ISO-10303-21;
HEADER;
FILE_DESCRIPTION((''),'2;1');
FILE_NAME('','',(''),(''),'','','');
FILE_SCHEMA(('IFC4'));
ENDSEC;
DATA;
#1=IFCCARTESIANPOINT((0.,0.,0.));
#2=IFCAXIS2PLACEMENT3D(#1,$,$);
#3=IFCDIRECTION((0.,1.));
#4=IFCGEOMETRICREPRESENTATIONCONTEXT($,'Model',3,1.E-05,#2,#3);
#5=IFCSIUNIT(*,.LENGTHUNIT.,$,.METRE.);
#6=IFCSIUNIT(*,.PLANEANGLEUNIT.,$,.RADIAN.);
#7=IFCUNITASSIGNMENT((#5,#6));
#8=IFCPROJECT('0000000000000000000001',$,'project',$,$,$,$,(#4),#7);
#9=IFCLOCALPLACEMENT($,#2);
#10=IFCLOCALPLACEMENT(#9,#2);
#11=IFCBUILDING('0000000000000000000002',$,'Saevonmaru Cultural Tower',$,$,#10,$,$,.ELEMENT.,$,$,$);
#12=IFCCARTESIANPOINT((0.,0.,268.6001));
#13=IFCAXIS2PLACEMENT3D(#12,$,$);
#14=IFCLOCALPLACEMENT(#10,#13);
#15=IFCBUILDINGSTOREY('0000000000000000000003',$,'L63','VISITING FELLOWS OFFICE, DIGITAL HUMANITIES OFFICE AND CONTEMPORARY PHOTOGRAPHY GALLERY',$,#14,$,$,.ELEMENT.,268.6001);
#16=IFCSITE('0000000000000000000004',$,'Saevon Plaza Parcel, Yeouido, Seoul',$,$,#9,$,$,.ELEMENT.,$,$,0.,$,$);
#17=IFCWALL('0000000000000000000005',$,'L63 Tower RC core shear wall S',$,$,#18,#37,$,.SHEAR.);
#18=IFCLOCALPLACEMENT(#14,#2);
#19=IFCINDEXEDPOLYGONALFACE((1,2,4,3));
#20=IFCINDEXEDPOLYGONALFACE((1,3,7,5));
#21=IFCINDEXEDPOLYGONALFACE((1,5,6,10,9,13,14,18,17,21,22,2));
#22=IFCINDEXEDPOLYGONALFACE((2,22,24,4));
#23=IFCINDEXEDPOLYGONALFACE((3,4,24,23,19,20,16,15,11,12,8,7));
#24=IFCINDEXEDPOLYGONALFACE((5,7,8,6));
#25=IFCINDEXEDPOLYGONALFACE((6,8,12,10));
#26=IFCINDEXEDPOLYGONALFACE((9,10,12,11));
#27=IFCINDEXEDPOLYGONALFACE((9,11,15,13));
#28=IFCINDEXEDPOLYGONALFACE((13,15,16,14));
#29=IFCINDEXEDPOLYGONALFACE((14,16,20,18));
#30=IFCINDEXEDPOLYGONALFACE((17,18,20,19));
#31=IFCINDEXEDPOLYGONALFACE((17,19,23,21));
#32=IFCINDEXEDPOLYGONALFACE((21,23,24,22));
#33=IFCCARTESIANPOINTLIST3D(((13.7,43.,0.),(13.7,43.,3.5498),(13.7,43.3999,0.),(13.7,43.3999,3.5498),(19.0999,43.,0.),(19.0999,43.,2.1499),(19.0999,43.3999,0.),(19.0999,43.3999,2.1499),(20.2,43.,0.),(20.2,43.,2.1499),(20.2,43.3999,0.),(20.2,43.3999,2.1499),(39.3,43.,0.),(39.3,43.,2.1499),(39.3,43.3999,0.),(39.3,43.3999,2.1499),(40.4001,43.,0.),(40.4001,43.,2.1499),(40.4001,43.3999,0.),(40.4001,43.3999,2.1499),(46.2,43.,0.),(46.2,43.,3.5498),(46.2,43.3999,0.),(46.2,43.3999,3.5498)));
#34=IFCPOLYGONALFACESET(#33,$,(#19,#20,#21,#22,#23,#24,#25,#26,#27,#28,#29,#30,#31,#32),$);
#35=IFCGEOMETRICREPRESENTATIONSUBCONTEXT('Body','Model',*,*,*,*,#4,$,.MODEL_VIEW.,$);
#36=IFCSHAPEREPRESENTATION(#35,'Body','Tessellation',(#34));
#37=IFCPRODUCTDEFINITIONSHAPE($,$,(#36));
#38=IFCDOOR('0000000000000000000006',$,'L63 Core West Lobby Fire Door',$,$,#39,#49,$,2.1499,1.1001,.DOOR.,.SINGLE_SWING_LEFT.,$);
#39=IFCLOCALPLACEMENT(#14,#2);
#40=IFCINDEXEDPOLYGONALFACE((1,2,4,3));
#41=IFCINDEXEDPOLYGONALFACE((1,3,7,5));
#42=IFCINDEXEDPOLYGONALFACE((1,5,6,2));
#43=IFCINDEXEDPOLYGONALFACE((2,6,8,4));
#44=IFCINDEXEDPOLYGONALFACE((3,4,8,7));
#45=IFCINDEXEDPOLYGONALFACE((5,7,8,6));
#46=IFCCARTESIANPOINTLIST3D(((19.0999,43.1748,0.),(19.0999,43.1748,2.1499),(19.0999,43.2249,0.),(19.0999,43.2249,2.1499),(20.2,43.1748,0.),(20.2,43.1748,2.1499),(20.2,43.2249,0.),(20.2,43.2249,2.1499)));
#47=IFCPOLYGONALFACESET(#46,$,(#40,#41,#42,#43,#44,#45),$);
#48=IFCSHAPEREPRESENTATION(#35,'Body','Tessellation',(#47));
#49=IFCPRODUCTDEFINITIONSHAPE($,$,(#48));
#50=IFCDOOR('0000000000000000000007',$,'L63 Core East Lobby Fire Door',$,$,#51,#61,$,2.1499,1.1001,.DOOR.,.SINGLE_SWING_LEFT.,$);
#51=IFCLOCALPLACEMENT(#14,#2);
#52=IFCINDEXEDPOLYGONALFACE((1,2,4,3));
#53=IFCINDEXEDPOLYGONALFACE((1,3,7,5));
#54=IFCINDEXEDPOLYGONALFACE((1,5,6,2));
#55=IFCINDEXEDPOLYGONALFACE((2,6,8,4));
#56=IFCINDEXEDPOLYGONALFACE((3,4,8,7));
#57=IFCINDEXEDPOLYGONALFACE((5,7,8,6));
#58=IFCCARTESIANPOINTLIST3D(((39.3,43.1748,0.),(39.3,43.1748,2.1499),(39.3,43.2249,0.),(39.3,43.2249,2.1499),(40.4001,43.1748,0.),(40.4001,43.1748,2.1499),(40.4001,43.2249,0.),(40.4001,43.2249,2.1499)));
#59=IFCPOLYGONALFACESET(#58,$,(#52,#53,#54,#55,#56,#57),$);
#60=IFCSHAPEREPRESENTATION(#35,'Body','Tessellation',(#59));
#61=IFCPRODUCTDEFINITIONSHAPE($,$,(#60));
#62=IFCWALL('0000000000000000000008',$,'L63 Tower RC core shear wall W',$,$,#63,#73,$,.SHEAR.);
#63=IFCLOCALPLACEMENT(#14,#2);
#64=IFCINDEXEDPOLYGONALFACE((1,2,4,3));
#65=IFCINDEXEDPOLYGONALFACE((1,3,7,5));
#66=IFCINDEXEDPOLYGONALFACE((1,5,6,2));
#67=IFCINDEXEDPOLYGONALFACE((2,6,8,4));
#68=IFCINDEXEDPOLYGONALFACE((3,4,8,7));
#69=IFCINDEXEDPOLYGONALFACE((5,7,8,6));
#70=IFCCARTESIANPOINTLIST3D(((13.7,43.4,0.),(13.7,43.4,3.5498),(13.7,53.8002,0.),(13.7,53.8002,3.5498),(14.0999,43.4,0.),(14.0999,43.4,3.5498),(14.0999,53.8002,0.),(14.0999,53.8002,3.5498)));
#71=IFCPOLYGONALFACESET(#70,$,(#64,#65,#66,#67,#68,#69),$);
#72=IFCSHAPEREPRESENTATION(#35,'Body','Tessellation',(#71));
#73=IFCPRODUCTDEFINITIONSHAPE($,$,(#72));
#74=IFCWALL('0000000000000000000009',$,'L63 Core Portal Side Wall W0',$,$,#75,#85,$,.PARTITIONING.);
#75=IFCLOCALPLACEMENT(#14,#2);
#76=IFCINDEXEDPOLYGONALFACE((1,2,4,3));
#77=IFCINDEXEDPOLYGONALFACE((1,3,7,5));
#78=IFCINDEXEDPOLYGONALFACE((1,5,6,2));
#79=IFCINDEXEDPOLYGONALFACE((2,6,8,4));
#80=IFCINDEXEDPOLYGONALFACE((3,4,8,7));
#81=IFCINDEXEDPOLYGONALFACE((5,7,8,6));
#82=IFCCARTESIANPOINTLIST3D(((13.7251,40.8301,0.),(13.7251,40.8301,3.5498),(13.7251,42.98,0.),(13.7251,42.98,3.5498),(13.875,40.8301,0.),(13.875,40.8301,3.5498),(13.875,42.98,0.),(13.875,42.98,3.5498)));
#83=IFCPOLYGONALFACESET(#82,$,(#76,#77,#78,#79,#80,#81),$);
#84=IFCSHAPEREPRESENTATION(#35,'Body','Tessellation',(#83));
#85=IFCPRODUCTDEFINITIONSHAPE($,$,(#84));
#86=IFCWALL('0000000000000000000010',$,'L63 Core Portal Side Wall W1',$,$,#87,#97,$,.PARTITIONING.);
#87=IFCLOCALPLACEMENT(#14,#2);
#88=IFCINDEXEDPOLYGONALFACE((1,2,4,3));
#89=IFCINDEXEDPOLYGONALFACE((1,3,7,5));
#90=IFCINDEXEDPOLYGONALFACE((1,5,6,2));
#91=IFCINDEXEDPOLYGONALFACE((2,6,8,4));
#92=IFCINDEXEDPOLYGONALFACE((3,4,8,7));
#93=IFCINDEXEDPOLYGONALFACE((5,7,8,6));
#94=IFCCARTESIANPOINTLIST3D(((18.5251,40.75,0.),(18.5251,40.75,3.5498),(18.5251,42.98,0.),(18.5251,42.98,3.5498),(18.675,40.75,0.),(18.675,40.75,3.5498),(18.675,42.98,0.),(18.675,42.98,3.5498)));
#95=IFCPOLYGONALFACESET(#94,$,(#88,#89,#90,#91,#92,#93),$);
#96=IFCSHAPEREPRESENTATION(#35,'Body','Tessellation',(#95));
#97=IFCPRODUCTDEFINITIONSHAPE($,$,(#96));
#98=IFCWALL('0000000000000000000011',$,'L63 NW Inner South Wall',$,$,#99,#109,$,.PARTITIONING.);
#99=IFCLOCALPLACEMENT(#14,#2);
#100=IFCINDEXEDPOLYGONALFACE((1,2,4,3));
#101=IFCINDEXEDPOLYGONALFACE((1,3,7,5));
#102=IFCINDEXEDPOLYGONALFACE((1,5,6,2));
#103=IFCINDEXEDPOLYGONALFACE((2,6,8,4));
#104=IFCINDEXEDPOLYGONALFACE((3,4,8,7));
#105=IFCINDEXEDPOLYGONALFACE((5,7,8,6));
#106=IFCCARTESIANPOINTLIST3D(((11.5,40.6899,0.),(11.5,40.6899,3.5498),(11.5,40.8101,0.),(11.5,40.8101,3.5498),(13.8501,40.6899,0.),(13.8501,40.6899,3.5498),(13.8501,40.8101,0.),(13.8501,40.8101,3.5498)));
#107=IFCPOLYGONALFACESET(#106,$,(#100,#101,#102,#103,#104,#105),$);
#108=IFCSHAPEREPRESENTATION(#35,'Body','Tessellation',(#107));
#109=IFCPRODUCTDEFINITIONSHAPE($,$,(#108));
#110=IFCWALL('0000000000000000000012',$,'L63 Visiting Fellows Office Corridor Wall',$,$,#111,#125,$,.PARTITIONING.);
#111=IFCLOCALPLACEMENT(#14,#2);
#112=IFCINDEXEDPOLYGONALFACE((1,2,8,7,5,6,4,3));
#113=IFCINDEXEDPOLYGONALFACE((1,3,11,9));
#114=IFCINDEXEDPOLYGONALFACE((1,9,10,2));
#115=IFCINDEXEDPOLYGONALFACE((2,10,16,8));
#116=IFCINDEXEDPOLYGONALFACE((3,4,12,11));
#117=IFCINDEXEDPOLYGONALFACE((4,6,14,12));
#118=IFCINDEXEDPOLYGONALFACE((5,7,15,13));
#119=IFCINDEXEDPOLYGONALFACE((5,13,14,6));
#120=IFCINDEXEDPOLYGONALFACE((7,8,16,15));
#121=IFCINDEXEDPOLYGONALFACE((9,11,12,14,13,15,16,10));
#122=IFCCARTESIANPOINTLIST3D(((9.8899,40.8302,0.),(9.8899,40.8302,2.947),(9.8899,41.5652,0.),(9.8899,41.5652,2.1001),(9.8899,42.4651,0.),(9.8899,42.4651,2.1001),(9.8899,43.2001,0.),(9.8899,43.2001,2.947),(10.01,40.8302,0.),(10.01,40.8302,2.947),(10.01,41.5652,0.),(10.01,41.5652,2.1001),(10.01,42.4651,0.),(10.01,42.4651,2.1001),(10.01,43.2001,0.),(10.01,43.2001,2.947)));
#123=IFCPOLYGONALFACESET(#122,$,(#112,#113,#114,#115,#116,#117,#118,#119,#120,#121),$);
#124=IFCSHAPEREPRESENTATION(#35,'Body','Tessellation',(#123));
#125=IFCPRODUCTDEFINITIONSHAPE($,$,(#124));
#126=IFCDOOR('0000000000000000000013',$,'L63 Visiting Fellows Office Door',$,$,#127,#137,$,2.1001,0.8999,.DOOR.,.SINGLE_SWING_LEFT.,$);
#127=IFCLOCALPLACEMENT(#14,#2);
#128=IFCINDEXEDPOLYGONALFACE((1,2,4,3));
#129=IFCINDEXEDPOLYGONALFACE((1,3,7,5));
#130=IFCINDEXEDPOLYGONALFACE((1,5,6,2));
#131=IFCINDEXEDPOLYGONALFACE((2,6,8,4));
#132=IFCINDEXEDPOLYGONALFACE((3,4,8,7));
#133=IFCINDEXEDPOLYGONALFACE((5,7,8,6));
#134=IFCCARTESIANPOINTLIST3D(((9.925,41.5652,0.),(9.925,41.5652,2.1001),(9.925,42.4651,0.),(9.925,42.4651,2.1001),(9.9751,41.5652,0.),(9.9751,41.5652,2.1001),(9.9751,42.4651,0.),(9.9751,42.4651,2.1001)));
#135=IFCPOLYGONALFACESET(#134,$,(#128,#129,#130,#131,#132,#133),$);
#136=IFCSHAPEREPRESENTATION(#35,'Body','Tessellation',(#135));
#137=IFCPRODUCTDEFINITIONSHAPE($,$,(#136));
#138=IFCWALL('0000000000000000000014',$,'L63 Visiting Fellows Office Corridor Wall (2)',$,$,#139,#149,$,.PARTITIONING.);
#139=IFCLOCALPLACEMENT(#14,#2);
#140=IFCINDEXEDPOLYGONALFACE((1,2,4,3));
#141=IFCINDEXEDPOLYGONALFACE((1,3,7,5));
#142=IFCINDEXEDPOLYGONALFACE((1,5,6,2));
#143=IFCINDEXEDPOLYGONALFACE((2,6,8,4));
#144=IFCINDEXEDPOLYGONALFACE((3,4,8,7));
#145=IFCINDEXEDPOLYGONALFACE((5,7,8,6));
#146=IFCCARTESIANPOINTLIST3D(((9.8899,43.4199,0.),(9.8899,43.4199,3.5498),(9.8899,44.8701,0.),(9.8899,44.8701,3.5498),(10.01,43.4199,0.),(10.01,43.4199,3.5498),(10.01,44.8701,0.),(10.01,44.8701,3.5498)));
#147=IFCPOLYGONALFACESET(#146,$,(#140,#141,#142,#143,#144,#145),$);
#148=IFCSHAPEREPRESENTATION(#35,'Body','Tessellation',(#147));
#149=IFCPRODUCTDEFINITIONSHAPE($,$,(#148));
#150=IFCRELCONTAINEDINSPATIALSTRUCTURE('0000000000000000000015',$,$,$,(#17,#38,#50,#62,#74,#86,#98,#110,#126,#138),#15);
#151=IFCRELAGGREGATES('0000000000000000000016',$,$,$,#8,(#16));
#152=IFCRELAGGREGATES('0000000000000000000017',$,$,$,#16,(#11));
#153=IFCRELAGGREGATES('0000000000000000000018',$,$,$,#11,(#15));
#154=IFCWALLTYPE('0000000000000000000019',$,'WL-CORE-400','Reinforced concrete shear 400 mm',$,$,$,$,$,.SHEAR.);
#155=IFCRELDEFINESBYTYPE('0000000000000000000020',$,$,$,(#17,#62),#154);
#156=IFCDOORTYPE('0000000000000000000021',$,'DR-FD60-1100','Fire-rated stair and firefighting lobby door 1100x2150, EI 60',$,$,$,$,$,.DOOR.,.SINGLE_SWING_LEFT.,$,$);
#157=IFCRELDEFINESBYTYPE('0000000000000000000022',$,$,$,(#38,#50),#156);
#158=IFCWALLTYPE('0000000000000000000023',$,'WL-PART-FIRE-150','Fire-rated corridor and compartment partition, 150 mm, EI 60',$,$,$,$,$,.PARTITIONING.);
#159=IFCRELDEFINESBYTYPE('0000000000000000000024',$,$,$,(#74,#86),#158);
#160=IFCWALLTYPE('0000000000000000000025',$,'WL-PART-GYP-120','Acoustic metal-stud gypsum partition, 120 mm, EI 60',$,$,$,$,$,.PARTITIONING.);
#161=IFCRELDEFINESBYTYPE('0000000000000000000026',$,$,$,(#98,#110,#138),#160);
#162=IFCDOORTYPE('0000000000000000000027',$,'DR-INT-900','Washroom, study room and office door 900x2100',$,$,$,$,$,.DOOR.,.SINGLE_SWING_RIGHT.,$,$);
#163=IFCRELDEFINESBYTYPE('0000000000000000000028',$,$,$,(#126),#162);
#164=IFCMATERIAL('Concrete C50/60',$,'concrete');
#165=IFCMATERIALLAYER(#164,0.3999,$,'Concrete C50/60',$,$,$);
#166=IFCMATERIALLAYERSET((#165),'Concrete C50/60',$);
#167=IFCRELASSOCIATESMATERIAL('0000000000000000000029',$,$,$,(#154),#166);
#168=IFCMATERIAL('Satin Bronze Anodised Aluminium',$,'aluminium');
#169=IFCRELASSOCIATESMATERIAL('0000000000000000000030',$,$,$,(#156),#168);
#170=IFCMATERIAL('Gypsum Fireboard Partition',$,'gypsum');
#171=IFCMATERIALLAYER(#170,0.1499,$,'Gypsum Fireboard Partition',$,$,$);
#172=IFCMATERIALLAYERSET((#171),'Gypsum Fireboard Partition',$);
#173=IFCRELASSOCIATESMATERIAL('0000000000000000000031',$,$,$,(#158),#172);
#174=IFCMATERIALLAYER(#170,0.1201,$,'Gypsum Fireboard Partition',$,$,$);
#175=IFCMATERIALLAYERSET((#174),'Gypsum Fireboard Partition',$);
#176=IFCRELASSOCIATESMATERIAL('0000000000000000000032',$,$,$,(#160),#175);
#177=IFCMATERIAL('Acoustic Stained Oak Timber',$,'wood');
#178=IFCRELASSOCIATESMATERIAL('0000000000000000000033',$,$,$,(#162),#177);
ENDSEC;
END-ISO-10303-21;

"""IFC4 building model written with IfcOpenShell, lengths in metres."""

from ifc_helpers import new_model, si_unit, direction, frame, frame_2d, origin, place, context, subcontext, project, spatial, rectangle, extrude, material, layer, layer_set, type_object, element, fill, save


model = new_model("IFC4")

# Units and contexts
model_context = context("Model", 3, precision=1e-05, world=origin(), true_north=direction((0.0, 1.0)))
body_context = subcontext(model_context, "Body", "Model", "MODEL_VIEW")
ifc_project = project(units=[si_unit("LENGTHUNIT", "METRE"), si_unit("PLANEANGLEUNIT", "RADIAN")], contexts=[model_context])

# Site, building, storey
site_placement = place(None, origin())
site = spatial("IfcSite", under=ifc_project, at=site_placement, Name="Saevon Plaza Parcel, Yeouido, Seoul", CompositionType="ELEMENT", RefElevation=0.0)
building_placement = place(site_placement, origin())
building = spatial("IfcBuilding", under=site, at=building_placement, Name="Saevonmaru Cultural Tower", CompositionType="ELEMENT")
storey_placement = place(building_placement, frame((0.0, 0.0, 268.6001)))
storey = spatial("IfcBuildingStorey", under=building, at=storey_placement, Name="L63", Description="VISITING FELLOWS OFFICE, DIGITAL HUMANITIES OFFICE AND CONTEMPORARY PHOTOGRAPHY GALLERY", CompositionType="ELEMENT", Elevation=268.6001)

# Wall, openings, doors
ifc_material_1 = material(Name="Concrete C50/60", Category="concrete")
ifc_layer_1 = layer(ifc_material_1, 0.3999, Name="Concrete C50/60")
ifc_layer_set_1 = layer_set([ifc_layer_1], Name="Concrete C50/60")
wall_type_1 = type_object("IfcWallType", Name="WL-CORE-400", Description="Reinforced concrete shear 400 mm", PredefinedType="SHEAR", material=ifc_layer_set_1)
wall_1_placement = place(storey_placement, frame((13.7, 43.2, 0.0), z_axis=(0.0, 0.0, 1.0), x_axis=(1.0, 0.0, 0.0)))
wall_1 = element("IfcWall", 1, at=wall_1_placement, inside=storey, type_object=wall_type_1, Name="L63 Tower RC core shear wall S", PredefinedType="SHEAR", context=body_context, shape_type="SweptSolid", body=[
    extrude(rectangle(XDim=32.5, YDim=0.3999, at=frame_2d((16.25, 0.0))), origin(), (0.0, 0.0, 1.0), 3.5498),
])
opening_1_placement = place(wall_1_placement, frame((5.3999, 0.0, 0.0)))
opening_1 = element("IfcOpeningElement", 2, at=opening_1_placement, cuts=wall_1, PredefinedType="OPENING", context=body_context, shape_type="SweptSolid", body=[
    extrude(rectangle(XDim=1.1001, YDim=2.1499, at=frame_2d((0.55, 1.075))), frame((0.0, 0.21, 0.0), z_axis=(0.0, -1.0, 0.0), x_axis=(1.0, 0.0, 0.0)), (0.0, 0.0, 1.0), 0.4199),
])
opening_2_placement = place(wall_1_placement, frame((25.6001, 0.0, 0.0)))
opening_2 = element("IfcOpeningElement", 3, at=opening_2_placement, cuts=wall_1, PredefinedType="OPENING", context=body_context, shape_type="SweptSolid", body=[
    extrude(rectangle(XDim=1.1001, YDim=2.1499, at=frame_2d((0.55, 1.075))), frame((0.0, 0.21, 0.0), z_axis=(0.0, -1.0, 0.0), x_axis=(1.0, 0.0, 0.0)), (0.0, 0.0, 1.0), 0.4199),
])
ifc_material_2 = material(Name="Satin Bronze Anodised Aluminium", Category="aluminium")
door_type_1 = type_object("IfcDoorType", Name="DR-FD60-1100", Description="Fire-rated stair and firefighting lobby door 1100x2150, EI 60", OperationType="SINGLE_SWING_LEFT", PredefinedType="DOOR", material=ifc_material_2)
door_1_placement = place(opening_1_placement, origin())
door_1 = element("IfcDoor", 4, at=door_1_placement, inside=storey, type_object=door_type_1, Name="L63 Core West Lobby Fire Door", OperationType="SINGLE_SWING_LEFT", OverallHeight=2.1499, OverallWidth=1.1001, PredefinedType="DOOR", context=body_context, shape_type="SweptSolid", body=[
    extrude(rectangle(XDim=1.1001, YDim=2.1499, at=frame_2d((0.55, 1.075))), frame((0.0, 0.0249, 0.0), z_axis=(0.0, -1.0, 0.0), x_axis=(1.0, 0.0, 0.0)), (0.0, 0.0, 1.0), 0.05),
])
fill(opening_1, door_1)
door_2_placement = place(opening_2_placement, origin())
door_2 = element("IfcDoor", 5, at=door_2_placement, inside=storey, type_object=door_type_1, Name="L63 Core East Lobby Fire Door", OperationType="SINGLE_SWING_LEFT", OverallHeight=2.1499, OverallWidth=1.1001, PredefinedType="DOOR", context=body_context, shape_type="SweptSolid", body=[
    extrude(rectangle(XDim=1.1001, YDim=2.1499, at=frame_2d((0.55, 1.075))), frame((0.0, 0.0249, 0.0), z_axis=(0.0, -1.0, 0.0), x_axis=(1.0, 0.0, 0.0)), (0.0, 0.0, 1.0), 0.05),
])
fill(opening_2, door_2)

# Walls
wall_2_placement = place(storey_placement, frame((13.8999, 43.3999, 0.0), z_axis=(0.0, 0.0, 1.0), x_axis=(0.0, 1.0, 0.0)))
element("IfcWall", 6, at=wall_2_placement, inside=storey, type_object=wall_type_1, Name="L63 Tower RC core shear wall W", PredefinedType="SHEAR", context=body_context, shape_type="SweptSolid", body=[
    extrude(rectangle(XDim=10.4001, YDim=0.3999, at=frame_2d((5.2002, 0.0))), origin(), (0.0, 0.0, 1.0), 3.5498),
])
ifc_material_3 = material(Name="Gypsum Fireboard Partition", Category="gypsum")
ifc_layer_2 = layer(ifc_material_3, 0.1499, Name="Gypsum Fireboard Partition")
ifc_layer_set_2 = layer_set([ifc_layer_2], Name="Gypsum Fireboard Partition")
wall_type_2 = type_object("IfcWallType", Name="WL-PART-FIRE-150", Description="Fire-rated corridor and compartment partition, 150 mm, EI 60", PredefinedType="PARTITIONING", material=ifc_layer_set_2)
wall_3_placement = place(storey_placement, frame((13.8, 40.8301, 0.0), z_axis=(0.0, 0.0, 1.0), x_axis=(0.0, 1.0, 0.0)))
element("IfcWall", 7, at=wall_3_placement, inside=storey, type_object=wall_type_2, Name="L63 Core Portal Side Wall W0", PredefinedType="PARTITIONING", context=body_context, shape_type="SweptSolid", body=[
    extrude(rectangle(XDim=2.1499, YDim=0.1499, at=frame_2d((1.075, 0.0))), origin(), (0.0, 0.0, 1.0), 3.5498),
])
wall_4_placement = place(storey_placement, frame((18.6001, 40.75, 0.0), z_axis=(0.0, 0.0, 1.0), x_axis=(0.0, 1.0, 0.0)))
element("IfcWall", 8, at=wall_4_placement, inside=storey, type_object=wall_type_2, Name="L63 Core Portal Side Wall W1", PredefinedType="PARTITIONING", context=body_context, shape_type="SweptSolid", body=[
    extrude(rectangle(XDim=2.23, YDim=0.1499, at=frame_2d((1.115, 0.0))), origin(), (0.0, 0.0, 1.0), 3.5498),
])
ifc_layer_3 = layer(ifc_material_3, 0.1201, Name="Gypsum Fireboard Partition")
ifc_layer_set_3 = layer_set([ifc_layer_3], Name="Gypsum Fireboard Partition")
wall_type_3 = type_object("IfcWallType", Name="WL-PART-GYP-120", Description="Acoustic metal-stud gypsum partition, 120 mm, EI 60", PredefinedType="PARTITIONING", material=ifc_layer_set_3)
wall_5_placement = place(storey_placement, frame((11.5, 40.75, 0.0), z_axis=(0.0, 0.0, 1.0), x_axis=(1.0, 0.0, 0.0)))
element("IfcWall", 9, at=wall_5_placement, inside=storey, type_object=wall_type_3, Name="L63 NW Inner South Wall", PredefinedType="PARTITIONING", context=body_context, shape_type="SweptSolid", body=[
    extrude(rectangle(XDim=2.3501, YDim=0.1201, at=frame_2d((1.175, 0.0))), origin(), (0.0, 0.0, 1.0), 3.5498),
])

# Wall, opening, door
wall_6_placement = place(storey_placement, frame((9.95, 40.8301, 0.0), z_axis=(0.0, 0.0, 1.0), x_axis=(0.0, 1.0, 0.0)))
wall_6 = element("IfcWall", 10, at=wall_6_placement, inside=storey, type_object=wall_type_3, Name="L63 Visiting Fellows Office Corridor Wall", PredefinedType="PARTITIONING", context=body_context, shape_type="SweptSolid", body=[
    extrude(rectangle(XDim=2.3699, YDim=0.1201, at=frame_2d((1.1851, 0.0))), origin(), (0.0, 0.0, 1.0), 2.947),
])
opening_3_placement = place(wall_6_placement, frame((0.7351, 0.0, 0.0)))
opening_3 = element("IfcOpeningElement", 11, at=opening_3_placement, cuts=wall_6, PredefinedType="OPENING", context=body_context, shape_type="SweptSolid", body=[
    extrude(rectangle(XDim=0.8999, YDim=2.1001, at=frame_2d((0.45, 1.05))), frame((0.0, 0.0701, 0.0), z_axis=(0.0, -1.0, 0.0), x_axis=(1.0, 0.0, 0.0)), (0.0, 0.0, 1.0), 0.1401),
])
ifc_material_4 = material(Name="Acoustic Stained Oak Timber", Category="wood")
door_type_2 = type_object("IfcDoorType", Name="DR-INT-900", Description="Washroom, study room and office door 900x2100", OperationType="SINGLE_SWING_RIGHT", PredefinedType="DOOR", material=ifc_material_4)
door_3_placement = place(opening_3_placement, origin())
door_3 = element("IfcDoor", 12, at=door_3_placement, inside=storey, type_object=door_type_2, Name="L63 Visiting Fellows Office Door", OperationType="SINGLE_SWING_LEFT", OverallHeight=2.1001, OverallWidth=0.8999, PredefinedType="DOOR", context=body_context, shape_type="SweptSolid", body=[
    extrude(rectangle(XDim=0.8999, YDim=2.1001, at=frame_2d((0.45, 1.05))), frame((0.0, 0.0249, 0.0), z_axis=(0.0, -1.0, 0.0), x_axis=(1.0, 0.0, 0.0)), (0.0, 0.0, 1.0), 0.05),
])
fill(opening_3, door_3)

# Wall
wall_7_placement = place(storey_placement, frame((9.95, 43.4199, 0.0), z_axis=(0.0, 0.0, 1.0), x_axis=(0.0, 1.0, 0.0)))
element("IfcWall", 13, at=wall_7_placement, inside=storey, type_object=wall_type_3, Name="L63 Visiting Fellows Office Corridor Wall (2)", PredefinedType="PARTITIONING", context=body_context, shape_type="SweptSolid", body=[
    extrude(rectangle(XDim=1.4502, YDim=0.1201, at=frame_2d((0.7251, 0.0))), origin(), (0.0, 0.0, 1.0), 3.5498),
])

save(model, "model.ifc")
